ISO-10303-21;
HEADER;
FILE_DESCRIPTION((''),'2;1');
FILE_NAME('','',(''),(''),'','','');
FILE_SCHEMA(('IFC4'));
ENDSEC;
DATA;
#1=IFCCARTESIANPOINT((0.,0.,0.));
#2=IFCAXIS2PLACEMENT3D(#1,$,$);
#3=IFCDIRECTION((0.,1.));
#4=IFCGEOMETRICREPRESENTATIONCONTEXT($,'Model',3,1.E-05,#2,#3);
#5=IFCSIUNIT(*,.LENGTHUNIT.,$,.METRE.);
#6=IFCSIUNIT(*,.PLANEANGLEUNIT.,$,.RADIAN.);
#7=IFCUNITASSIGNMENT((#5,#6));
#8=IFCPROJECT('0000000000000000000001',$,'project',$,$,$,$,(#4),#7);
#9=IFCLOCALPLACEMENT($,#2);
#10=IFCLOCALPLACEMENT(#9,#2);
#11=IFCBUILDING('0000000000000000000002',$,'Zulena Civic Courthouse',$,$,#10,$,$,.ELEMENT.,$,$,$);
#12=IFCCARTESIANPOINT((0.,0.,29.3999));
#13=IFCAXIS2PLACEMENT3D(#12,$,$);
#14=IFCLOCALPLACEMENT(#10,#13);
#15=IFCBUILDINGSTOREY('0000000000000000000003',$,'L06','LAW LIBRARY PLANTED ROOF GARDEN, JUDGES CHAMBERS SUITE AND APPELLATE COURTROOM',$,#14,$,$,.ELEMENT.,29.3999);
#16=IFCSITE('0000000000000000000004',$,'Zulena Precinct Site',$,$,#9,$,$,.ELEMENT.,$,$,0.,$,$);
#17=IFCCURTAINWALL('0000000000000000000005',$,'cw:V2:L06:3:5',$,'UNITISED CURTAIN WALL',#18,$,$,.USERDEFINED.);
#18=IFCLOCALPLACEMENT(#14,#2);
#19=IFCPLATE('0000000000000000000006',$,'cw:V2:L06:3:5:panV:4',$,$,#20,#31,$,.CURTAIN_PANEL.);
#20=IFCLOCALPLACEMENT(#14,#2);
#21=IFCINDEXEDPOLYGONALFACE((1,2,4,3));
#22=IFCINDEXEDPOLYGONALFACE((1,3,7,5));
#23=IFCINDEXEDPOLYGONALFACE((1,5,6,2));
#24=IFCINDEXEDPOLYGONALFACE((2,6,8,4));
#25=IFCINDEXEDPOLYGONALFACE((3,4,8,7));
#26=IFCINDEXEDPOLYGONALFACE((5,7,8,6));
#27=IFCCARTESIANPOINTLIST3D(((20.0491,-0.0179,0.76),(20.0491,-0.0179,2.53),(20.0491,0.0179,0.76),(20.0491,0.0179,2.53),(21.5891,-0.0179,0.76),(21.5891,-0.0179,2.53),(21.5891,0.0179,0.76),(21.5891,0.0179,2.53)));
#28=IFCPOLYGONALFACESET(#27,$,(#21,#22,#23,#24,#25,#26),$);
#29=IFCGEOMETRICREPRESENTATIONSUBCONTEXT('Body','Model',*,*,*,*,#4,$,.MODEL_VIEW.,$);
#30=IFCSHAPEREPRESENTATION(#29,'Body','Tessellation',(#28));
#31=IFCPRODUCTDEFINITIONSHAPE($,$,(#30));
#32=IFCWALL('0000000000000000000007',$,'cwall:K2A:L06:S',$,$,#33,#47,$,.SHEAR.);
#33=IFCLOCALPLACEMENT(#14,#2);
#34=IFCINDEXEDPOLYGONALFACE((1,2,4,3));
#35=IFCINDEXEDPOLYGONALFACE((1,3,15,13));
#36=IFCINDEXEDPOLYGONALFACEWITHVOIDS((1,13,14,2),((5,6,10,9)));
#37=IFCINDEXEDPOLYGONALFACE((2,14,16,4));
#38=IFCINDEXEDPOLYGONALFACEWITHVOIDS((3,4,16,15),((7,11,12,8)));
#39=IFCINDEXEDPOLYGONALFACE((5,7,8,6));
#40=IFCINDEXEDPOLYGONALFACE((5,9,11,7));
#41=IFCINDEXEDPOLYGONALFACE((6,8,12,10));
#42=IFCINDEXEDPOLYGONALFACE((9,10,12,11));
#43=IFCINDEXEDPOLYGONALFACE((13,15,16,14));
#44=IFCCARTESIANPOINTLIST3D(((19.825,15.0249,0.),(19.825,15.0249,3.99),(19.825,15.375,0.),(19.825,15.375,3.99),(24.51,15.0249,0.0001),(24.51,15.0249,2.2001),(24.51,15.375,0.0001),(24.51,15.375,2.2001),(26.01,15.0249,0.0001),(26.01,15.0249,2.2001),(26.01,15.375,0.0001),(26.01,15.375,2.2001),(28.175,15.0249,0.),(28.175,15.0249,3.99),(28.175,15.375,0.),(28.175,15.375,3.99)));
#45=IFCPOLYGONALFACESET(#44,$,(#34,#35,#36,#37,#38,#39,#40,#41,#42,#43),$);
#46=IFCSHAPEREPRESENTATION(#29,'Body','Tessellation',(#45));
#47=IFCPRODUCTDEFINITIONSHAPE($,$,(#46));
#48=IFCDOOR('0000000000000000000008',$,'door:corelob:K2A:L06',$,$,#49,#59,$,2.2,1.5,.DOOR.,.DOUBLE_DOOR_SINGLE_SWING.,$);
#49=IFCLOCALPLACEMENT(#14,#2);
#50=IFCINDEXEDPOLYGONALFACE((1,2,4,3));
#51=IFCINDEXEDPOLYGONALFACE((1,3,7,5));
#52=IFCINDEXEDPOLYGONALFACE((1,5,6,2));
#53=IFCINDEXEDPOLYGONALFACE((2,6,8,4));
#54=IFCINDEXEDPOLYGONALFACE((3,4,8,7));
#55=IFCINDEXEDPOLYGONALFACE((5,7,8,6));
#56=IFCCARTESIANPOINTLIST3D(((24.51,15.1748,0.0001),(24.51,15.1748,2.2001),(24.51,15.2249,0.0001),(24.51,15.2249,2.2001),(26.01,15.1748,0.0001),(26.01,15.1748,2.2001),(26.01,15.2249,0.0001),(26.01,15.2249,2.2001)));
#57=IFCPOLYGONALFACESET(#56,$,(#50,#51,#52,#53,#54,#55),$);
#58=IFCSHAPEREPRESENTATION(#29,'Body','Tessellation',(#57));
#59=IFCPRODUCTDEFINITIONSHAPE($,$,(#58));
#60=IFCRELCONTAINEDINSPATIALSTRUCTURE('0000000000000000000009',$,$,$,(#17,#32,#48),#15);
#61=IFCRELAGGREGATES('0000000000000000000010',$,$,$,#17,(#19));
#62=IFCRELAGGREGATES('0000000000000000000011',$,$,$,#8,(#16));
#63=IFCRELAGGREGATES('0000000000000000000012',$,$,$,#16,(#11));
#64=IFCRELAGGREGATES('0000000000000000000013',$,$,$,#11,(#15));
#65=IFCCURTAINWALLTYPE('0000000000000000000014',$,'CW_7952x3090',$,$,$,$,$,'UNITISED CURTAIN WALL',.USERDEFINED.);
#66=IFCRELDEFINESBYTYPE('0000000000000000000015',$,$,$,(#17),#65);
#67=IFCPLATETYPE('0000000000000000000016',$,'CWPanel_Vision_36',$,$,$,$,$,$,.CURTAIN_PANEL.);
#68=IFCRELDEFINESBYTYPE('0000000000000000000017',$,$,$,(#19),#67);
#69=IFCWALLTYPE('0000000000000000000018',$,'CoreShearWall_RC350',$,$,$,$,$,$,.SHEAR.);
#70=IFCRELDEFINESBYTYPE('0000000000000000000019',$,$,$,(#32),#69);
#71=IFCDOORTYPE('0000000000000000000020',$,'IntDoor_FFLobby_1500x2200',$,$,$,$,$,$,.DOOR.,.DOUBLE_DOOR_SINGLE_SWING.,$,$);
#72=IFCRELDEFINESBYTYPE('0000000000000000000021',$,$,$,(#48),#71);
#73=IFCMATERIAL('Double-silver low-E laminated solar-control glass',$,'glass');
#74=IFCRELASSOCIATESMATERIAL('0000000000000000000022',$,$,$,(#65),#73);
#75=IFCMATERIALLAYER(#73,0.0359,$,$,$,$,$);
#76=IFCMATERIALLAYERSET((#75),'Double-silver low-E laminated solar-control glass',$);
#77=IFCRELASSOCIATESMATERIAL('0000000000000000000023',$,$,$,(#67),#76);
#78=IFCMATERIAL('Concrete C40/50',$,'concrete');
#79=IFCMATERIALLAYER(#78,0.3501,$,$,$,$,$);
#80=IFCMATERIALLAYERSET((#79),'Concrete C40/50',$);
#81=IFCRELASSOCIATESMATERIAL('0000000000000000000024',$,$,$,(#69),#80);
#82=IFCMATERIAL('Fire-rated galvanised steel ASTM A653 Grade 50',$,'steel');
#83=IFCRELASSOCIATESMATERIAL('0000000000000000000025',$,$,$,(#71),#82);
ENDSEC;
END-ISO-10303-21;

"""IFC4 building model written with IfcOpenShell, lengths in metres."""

from ifc_helpers import new_model, si_unit, direction, frame, frame_2d, origin, origin_2d, place, context, subcontext, project, spatial, rectangle, extrude, material, layer, layer_set, type_object, element, fill, aggregate, save


model = new_model("IFC4")

# Units and contexts
model_context = context("Model", 3, precision=1e-05, world=origin(), true_north=direction((0.0, 1.0)))
body_context = subcontext(model_context, "Body", "Model", "MODEL_VIEW")
ifc_project = project(units=[si_unit("LENGTHUNIT", "METRE"), si_unit("PLANEANGLEUNIT", "RADIAN")], contexts=[model_context])

# Site, building, storey
site_placement = place(None, origin())
site = spatial("IfcSite", under=ifc_project, at=site_placement, Name="Zulena Precinct Site", CompositionType="ELEMENT", RefElevation=0.0)
building_placement = place(site_placement, origin())
building = spatial("IfcBuilding", under=site, at=building_placement, Name="Zulena Civic Courthouse", CompositionType="ELEMENT")
storey_placement = place(building_placement, frame((0.0, 0.0, 29.3999)))
storey = spatial("IfcBuildingStorey", under=building, at=storey_placement, Name="L06", Description="LAW LIBRARY PLANTED ROOF GARDEN, JUDGES CHAMBERS SUITE AND APPELLATE COURTROOM", CompositionType="ELEMENT", Elevation=29.3999)

# Curtain wall
ifc_material_1 = material(Name="Double-silver low-E laminated solar-control glass", Category="glass")
curtain_wall_type = type_object("IfcCurtainWallType", Name="CW_7952x3090", ElementType="UNITISED CURTAIN WALL", PredefinedType="USERDEFINED", material=ifc_material_1)
curtain_wall_1_placement = place(storey_placement, origin())
curtain_wall_1 = element("IfcCurtainWall", 1, at=curtain_wall_1_placement, inside=storey, type_object=curtain_wall_type, Name="cw:V2:L06:3:5", ObjectType="UNITISED CURTAIN WALL", PredefinedType="USERDEFINED")

# Plate
ifc_layer_1 = layer(ifc_material_1, 0.0359)
ifc_layer_set_1 = layer_set([ifc_layer_1], Name="Double-silver low-E laminated solar-control glass")
plate_type_1 = type_object("IfcPlateType", Name="CWPanel_Vision_36", PredefinedType="CURTAIN_PANEL", material=ifc_layer_set_1)
plate_1_placement = place(storey_placement, frame((20.8191, 0.0, 0.76), z_axis=(0.0, 0.0, 1.0), x_axis=(-1.0, 0.0, 0.0)))
plate_1 = element("IfcPlate", 2, at=plate_1_placement, type_object=plate_type_1, Name="cw:V2:L06:3:5:panV:4", PredefinedType="CURTAIN_PANEL", context=body_context, shape_type="SweptSolid", body=[
    extrude(rectangle(XDim=1.54, YDim=0.0359, at=origin_2d()), origin(), (0.0, 0.0, 1.0), 1.77),
])
aggregate(curtain_wall_1, [plate_1])

# Wall, opening, door
ifc_material_2 = material(Name="Concrete C40/50", Category="concrete")
ifc_layer_2 = layer(ifc_material_2, 0.3501)
ifc_layer_set_2 = layer_set([ifc_layer_2], Name="Concrete C40/50")
wall_type = type_object("IfcWallType", Name="CoreShearWall_RC350", PredefinedType="SHEAR", material=ifc_layer_set_2)
wall_placement = place(storey_placement, frame((19.825, 15.2, 0.0), z_axis=(0.0, 0.0, 1.0), x_axis=(1.0, 0.0, 0.0)))
wall = element("IfcWall", 3, at=wall_placement, inside=storey, type_object=wall_type, Name="cwall:K2A:L06:S", PredefinedType="SHEAR", context=body_context, shape_type="SweptSolid", body=[
    extrude(rectangle(XDim=8.3501, YDim=0.3501, at=frame_2d((4.175, 0.0))), origin(), (0.0, 0.0, 1.0), 3.99),
])
opening_placement = place(wall_placement, frame((4.6851, 0.0, 0.0)))
opening = element("IfcOpeningElement", 4, at=opening_placement, cuts=wall, PredefinedType="OPENING", context=body_context, shape_type="SweptSolid", body=[
    extrude(rectangle(XDim=1.5, YDim=2.2, at=frame_2d((0.75, 1.1001))), frame((0.0, 0.1851, 0.0), z_axis=(0.0, -1.0, 0.0), x_axis=(1.0, 0.0, 0.0)), (0.0, 0.0, 1.0), 0.3701),
])
ifc_material_3 = material(Name="Fire-rated galvanised steel ASTM A653 Grade 50", Category="steel")
door_type = type_object("IfcDoorType", Name="IntDoor_FFLobby_1500x2200", OperationType="DOUBLE_DOOR_SINGLE_SWING", PredefinedType="DOOR", material=ifc_material_3)
door_placement = place(opening_placement, origin())
door = element("IfcDoor", 5, at=door_placement, inside=storey, type_object=door_type, Name="door:corelob:K2A:L06", OperationType="DOUBLE_DOOR_SINGLE_SWING", OverallHeight=2.2, OverallWidth=1.5, PredefinedType="DOOR", context=body_context, shape_type="SweptSolid", body=[
    extrude(rectangle(XDim=1.5, YDim=2.2, at=frame_2d((0.75, 1.1001))), frame((0.0, 0.0249, 0.0), z_axis=(0.0, -1.0, 0.0), x_axis=(1.0, 0.0, 0.0)), (0.0, 0.0, 1.0), 0.05),
])
fill(opening, door)

save(model, "model.ifc")
